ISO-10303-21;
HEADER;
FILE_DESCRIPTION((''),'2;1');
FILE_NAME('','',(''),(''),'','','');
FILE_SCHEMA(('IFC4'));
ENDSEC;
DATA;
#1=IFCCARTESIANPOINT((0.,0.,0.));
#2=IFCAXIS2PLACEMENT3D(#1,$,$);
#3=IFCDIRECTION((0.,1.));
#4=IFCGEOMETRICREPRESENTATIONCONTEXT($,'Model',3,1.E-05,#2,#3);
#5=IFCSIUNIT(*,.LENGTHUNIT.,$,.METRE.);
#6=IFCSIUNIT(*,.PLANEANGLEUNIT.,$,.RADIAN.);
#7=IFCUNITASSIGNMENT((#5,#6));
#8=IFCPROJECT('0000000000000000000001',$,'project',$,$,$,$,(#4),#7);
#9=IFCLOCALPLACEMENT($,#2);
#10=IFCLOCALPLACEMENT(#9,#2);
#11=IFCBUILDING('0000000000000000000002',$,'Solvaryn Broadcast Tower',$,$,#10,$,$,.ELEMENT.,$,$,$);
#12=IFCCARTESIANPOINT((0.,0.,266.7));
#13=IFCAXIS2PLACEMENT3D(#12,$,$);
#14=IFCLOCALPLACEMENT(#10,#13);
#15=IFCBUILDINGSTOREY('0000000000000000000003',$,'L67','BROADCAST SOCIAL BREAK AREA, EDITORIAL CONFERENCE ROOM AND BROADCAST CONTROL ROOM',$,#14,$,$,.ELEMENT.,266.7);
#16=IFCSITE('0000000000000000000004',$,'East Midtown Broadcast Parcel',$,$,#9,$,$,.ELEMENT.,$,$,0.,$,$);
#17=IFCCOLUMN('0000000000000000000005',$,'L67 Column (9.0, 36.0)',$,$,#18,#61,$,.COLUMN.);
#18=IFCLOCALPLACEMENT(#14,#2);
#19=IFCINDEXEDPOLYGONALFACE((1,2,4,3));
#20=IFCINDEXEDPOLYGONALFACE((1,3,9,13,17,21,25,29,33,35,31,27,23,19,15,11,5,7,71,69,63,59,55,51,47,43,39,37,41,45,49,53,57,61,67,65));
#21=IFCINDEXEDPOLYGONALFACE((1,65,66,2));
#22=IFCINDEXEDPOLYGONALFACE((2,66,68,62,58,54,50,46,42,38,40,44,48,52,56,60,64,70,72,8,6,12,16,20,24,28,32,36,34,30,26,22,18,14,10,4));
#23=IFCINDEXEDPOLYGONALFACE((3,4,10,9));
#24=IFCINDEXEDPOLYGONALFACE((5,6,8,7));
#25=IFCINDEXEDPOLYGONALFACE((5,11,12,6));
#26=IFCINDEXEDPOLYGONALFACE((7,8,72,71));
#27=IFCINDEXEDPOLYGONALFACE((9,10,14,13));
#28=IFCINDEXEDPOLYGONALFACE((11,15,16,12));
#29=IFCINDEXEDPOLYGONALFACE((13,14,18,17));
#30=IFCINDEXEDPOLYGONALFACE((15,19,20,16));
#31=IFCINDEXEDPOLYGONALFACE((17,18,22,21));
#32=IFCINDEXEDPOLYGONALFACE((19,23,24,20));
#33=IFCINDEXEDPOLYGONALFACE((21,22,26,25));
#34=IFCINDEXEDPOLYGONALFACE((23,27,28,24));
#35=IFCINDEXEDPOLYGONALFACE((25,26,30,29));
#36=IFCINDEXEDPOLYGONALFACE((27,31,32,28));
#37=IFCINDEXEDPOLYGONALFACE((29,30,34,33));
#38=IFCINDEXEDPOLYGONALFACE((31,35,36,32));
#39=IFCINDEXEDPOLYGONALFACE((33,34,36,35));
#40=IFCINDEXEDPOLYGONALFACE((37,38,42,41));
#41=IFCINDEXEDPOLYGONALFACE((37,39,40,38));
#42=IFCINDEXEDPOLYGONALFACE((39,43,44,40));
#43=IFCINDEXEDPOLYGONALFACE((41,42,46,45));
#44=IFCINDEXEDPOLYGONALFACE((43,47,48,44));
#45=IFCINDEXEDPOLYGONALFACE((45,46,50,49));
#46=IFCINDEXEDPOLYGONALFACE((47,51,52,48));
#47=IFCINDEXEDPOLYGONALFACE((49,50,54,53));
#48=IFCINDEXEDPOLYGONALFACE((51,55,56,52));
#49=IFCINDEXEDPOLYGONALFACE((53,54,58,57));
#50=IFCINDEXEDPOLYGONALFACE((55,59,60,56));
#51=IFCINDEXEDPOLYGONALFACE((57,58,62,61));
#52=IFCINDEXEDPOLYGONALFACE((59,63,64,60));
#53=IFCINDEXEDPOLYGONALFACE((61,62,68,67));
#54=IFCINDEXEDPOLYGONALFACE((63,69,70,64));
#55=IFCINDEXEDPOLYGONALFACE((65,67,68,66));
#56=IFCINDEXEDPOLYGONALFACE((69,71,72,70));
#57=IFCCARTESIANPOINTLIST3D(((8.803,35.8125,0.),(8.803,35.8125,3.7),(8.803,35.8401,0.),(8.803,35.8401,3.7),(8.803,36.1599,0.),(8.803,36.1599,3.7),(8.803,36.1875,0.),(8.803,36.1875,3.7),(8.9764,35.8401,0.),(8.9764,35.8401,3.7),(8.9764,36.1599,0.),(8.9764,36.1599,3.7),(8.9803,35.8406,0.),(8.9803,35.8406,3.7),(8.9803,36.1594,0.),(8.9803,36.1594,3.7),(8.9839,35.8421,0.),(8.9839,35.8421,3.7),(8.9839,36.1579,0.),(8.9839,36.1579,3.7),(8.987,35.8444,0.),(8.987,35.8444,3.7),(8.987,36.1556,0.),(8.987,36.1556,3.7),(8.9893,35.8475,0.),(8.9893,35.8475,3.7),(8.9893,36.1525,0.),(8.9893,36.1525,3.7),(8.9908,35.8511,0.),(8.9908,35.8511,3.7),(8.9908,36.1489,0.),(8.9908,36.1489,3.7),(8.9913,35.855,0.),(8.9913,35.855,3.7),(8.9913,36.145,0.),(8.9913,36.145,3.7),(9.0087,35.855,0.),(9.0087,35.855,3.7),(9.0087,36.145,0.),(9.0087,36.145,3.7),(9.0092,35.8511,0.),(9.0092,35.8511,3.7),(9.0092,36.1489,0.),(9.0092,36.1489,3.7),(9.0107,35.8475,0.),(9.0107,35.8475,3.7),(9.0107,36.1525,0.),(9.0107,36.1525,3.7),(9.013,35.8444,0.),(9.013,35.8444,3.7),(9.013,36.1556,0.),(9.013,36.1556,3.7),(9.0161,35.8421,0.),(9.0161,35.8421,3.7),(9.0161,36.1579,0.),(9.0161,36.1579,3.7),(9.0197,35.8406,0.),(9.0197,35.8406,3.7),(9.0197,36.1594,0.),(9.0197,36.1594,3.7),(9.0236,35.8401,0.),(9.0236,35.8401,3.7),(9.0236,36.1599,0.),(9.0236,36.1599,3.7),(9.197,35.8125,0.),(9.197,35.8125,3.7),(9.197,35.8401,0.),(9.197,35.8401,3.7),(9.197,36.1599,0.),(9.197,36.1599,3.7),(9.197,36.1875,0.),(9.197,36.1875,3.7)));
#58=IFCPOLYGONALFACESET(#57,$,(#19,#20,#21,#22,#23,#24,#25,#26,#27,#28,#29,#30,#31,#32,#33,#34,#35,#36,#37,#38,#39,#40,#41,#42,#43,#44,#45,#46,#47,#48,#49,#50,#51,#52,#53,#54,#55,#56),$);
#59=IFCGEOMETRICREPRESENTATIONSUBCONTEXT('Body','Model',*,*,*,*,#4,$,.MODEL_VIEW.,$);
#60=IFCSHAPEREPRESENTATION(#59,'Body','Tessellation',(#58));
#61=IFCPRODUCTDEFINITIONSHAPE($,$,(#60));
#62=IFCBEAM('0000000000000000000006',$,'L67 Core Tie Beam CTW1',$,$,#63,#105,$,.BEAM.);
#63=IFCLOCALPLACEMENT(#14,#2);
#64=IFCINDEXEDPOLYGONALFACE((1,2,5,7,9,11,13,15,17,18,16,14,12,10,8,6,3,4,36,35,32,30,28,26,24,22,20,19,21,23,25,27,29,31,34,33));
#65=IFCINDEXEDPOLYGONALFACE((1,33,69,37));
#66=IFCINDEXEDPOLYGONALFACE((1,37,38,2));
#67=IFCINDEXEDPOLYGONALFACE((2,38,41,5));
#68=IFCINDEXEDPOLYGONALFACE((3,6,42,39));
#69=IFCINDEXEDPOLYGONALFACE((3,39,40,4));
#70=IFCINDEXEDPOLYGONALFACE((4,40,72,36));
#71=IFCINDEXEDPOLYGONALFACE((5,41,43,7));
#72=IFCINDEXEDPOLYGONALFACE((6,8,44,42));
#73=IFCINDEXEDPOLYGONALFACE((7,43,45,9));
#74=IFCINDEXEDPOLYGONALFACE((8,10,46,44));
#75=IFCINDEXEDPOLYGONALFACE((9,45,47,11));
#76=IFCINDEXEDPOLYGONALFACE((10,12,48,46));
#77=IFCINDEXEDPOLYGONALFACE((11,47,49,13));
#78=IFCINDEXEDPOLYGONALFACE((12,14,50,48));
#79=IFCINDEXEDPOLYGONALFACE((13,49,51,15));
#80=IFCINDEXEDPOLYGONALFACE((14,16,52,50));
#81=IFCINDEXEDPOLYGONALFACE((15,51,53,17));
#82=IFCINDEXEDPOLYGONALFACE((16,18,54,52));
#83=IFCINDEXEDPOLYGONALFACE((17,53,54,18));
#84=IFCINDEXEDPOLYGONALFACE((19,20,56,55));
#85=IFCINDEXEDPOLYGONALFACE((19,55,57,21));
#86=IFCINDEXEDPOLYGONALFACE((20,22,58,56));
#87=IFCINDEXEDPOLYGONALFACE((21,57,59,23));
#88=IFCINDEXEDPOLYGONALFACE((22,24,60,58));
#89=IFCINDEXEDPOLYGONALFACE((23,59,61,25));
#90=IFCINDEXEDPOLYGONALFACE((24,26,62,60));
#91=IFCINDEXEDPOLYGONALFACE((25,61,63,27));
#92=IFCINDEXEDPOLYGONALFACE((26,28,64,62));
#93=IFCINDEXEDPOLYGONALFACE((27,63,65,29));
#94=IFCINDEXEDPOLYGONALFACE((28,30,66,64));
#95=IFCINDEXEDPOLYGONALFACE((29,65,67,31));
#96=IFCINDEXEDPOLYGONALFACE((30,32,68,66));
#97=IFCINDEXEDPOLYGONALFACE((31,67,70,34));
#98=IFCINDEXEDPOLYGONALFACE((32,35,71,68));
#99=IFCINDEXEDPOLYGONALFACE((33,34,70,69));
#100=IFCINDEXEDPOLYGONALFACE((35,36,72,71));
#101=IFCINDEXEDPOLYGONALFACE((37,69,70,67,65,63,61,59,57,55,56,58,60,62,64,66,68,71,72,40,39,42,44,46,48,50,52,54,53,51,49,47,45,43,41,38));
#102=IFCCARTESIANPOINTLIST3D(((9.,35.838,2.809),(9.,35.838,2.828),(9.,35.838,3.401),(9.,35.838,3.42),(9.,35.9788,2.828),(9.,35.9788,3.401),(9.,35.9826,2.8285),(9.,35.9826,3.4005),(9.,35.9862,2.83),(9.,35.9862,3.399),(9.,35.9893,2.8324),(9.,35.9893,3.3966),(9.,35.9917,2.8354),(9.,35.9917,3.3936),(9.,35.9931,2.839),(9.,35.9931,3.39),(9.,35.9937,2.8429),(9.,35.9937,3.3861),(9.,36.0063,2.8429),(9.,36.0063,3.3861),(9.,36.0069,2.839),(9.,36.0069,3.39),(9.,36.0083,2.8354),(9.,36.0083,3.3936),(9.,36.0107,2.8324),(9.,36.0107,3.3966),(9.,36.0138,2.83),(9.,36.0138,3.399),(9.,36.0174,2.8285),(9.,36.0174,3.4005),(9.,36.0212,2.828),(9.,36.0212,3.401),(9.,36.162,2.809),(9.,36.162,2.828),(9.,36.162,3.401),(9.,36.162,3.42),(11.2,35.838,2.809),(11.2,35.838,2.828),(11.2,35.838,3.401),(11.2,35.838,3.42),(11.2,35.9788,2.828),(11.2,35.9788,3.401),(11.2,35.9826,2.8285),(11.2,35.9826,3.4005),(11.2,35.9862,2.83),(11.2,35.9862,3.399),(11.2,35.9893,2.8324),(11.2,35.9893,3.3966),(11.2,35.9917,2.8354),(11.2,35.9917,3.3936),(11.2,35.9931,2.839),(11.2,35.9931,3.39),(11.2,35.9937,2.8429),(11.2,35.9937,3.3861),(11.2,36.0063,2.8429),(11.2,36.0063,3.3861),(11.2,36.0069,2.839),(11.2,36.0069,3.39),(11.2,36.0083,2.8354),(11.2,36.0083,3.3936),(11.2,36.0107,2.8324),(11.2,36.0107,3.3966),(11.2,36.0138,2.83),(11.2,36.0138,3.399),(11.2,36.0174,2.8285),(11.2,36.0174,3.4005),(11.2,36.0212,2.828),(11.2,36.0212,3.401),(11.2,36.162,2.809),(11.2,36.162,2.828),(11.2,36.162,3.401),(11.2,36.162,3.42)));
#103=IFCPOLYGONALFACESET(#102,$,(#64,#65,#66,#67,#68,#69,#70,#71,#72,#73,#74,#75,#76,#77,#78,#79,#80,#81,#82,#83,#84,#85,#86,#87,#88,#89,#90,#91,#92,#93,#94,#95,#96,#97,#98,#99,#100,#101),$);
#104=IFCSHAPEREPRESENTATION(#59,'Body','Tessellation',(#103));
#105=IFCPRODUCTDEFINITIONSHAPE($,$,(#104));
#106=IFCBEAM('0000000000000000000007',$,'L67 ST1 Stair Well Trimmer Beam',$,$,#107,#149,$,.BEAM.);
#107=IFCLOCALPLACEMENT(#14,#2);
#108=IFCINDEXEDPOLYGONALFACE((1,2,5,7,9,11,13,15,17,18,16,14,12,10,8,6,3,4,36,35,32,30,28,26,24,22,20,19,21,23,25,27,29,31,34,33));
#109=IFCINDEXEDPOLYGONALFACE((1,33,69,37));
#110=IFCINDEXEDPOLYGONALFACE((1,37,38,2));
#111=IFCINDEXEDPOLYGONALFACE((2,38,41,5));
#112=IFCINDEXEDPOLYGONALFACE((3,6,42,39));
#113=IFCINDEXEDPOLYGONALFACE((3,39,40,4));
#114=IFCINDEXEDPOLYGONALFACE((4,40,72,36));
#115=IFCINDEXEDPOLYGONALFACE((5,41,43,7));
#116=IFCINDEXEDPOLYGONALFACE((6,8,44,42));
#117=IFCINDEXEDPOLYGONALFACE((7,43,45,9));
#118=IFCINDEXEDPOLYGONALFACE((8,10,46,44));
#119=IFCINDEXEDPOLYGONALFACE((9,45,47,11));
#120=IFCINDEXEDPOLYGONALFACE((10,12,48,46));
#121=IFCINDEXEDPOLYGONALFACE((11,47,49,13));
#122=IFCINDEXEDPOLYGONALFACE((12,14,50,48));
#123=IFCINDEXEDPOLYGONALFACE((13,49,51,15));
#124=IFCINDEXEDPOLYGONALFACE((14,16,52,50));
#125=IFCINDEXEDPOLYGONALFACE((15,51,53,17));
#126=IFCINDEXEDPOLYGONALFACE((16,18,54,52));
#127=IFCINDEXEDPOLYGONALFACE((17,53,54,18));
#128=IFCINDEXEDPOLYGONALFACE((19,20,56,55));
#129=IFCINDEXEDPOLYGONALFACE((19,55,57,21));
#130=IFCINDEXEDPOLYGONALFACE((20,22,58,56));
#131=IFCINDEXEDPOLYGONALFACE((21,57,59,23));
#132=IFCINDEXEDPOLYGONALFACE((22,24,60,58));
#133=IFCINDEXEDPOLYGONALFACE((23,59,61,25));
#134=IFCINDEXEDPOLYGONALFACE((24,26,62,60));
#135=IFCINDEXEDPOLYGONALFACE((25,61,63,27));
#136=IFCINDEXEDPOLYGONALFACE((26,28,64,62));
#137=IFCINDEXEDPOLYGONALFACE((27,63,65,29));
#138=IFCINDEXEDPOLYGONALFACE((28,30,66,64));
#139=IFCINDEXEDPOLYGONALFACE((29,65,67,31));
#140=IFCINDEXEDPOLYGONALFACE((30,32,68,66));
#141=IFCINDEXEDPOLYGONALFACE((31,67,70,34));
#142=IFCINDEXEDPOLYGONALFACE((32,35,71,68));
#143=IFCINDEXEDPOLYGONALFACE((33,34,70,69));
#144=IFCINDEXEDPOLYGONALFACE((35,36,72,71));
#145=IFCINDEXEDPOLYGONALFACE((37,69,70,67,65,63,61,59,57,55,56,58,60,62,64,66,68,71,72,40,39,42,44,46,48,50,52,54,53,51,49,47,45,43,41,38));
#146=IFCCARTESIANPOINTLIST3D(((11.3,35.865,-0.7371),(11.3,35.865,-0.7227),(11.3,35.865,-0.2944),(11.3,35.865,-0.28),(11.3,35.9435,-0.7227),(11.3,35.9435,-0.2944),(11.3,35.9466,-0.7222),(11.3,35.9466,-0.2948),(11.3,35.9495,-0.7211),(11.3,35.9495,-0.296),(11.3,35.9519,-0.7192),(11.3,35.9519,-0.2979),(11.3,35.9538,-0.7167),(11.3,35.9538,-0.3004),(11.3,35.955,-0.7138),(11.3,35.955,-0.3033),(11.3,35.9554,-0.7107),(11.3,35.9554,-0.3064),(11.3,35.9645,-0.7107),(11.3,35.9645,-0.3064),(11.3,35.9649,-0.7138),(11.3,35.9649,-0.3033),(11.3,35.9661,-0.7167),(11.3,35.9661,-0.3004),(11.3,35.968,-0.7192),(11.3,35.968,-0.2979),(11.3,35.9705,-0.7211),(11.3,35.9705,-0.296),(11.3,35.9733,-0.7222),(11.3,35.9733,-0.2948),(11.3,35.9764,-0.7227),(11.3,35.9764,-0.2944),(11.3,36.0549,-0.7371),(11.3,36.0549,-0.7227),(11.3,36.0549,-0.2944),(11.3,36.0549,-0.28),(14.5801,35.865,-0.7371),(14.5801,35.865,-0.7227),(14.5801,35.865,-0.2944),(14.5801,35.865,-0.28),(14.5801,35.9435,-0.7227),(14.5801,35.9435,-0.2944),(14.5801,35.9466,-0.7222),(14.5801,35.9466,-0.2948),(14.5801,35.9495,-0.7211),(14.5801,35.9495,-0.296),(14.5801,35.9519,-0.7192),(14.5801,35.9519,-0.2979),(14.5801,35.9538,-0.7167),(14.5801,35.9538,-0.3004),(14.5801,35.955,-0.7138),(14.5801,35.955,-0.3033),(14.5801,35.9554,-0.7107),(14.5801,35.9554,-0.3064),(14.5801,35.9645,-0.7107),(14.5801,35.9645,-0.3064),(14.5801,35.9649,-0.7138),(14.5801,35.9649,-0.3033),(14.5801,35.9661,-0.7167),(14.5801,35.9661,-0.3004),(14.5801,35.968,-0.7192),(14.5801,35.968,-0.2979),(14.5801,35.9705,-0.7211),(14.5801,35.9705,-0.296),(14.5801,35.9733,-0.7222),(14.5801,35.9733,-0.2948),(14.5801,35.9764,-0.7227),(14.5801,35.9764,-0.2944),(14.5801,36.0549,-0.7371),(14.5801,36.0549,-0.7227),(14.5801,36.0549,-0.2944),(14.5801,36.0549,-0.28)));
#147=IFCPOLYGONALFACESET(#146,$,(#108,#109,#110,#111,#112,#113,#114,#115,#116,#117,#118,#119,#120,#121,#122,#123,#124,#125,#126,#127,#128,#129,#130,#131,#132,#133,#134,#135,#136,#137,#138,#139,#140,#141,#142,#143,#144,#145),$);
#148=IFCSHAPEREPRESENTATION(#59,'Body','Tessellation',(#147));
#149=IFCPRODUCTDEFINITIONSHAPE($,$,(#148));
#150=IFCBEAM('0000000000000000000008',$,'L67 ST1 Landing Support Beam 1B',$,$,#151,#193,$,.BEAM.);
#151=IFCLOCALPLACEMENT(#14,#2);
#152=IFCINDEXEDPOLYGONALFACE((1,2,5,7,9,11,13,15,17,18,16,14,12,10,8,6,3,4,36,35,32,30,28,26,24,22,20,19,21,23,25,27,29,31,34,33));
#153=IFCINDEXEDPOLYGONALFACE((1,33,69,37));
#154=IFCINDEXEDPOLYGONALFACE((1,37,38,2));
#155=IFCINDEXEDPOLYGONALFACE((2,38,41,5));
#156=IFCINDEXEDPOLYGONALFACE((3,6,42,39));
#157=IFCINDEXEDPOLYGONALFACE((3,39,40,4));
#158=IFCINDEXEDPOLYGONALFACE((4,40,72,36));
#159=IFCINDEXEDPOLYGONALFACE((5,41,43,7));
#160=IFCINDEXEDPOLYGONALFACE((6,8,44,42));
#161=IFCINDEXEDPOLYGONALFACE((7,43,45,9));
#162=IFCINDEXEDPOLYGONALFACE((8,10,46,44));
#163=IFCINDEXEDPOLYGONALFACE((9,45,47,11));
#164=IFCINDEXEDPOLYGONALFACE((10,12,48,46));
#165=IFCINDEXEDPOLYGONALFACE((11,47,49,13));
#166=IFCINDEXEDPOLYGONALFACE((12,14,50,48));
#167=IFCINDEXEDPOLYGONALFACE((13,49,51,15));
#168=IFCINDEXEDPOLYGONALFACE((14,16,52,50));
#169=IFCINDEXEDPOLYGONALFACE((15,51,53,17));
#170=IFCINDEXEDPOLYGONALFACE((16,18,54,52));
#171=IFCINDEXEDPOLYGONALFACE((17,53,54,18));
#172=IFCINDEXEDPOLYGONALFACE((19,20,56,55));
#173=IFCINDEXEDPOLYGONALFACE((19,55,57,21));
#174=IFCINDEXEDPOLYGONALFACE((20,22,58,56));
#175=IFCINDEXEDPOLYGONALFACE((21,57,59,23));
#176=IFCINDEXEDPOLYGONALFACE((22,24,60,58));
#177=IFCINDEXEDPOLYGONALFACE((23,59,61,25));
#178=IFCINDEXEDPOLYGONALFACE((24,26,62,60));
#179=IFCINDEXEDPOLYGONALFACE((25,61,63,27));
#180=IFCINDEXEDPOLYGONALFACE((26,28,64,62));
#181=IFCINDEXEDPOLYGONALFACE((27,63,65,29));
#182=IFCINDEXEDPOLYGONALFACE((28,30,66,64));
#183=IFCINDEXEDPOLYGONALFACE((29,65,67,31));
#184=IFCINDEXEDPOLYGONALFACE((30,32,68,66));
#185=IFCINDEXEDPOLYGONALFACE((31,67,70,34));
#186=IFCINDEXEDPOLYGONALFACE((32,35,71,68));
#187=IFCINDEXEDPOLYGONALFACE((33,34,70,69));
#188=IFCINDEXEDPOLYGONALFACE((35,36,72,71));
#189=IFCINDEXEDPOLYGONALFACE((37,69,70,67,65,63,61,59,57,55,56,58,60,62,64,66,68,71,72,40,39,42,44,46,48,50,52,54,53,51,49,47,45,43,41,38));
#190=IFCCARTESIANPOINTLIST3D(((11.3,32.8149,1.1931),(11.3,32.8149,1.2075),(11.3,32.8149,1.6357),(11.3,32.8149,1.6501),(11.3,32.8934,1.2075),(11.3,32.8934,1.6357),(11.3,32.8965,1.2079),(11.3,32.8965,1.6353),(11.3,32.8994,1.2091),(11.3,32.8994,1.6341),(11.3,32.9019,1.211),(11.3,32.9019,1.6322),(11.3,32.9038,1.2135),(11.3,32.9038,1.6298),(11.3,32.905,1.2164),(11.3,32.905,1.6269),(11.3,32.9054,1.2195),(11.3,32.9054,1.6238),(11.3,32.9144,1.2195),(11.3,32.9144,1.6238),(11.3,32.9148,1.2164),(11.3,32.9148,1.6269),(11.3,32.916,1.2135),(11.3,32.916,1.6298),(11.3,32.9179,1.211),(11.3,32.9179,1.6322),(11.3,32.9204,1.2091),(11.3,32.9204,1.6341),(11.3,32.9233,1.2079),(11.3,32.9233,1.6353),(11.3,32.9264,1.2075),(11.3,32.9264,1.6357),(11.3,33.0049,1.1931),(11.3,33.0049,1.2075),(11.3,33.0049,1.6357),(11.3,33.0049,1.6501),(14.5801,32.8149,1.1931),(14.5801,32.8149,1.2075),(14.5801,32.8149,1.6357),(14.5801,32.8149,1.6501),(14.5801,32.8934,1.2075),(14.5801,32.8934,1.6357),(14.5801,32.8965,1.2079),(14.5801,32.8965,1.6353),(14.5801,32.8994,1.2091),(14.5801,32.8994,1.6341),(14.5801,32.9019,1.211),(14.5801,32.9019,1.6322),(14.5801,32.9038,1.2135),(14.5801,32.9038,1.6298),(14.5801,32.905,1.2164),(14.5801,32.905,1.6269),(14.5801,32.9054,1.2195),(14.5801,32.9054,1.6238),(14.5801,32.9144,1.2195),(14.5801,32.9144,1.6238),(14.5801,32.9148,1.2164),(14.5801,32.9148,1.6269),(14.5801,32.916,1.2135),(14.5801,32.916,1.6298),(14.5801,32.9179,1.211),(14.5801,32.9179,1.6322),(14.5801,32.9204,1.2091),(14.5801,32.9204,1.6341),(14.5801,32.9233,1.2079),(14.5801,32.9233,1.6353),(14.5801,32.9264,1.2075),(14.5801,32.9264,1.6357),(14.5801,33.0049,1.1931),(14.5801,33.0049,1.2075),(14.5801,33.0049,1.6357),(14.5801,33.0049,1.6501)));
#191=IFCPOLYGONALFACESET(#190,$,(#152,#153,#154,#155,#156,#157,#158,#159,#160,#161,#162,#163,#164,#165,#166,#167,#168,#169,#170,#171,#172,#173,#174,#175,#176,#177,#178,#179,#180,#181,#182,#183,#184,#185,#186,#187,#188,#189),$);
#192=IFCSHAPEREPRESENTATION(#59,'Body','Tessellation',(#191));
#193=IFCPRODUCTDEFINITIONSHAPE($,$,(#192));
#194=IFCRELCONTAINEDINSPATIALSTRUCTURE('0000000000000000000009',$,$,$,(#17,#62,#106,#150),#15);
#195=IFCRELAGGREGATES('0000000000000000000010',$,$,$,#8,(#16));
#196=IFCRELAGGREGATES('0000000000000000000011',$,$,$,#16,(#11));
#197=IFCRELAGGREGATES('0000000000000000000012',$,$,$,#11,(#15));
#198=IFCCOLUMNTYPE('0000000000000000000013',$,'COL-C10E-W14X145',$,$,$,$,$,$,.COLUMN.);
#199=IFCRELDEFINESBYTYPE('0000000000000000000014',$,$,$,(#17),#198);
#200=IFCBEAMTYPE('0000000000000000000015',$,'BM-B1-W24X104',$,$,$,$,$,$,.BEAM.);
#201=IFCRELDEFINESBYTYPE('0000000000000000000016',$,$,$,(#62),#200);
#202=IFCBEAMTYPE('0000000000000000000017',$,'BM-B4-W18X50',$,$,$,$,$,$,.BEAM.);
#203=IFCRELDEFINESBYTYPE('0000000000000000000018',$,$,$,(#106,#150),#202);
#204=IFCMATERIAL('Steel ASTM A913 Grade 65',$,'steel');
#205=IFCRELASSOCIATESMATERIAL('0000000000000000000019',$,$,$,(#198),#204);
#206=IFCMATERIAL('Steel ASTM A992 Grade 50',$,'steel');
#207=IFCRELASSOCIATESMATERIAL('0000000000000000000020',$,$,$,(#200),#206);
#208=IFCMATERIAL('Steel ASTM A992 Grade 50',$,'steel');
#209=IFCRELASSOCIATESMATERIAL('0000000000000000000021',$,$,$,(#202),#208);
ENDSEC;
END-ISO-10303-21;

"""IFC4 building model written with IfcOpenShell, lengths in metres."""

from ifc_helpers import new_model, si_unit, direction, frame, origin, origin_2d, place, context, subcontext, project, spatial, i_section, extrude, material, material_profile, profile_set, type_object, element, save


model = new_model("IFC4")

# Units and contexts
model_context = context("Model", 3, precision=1e-05, world=origin(), true_north=direction((0.0, 1.0)))
body_context = subcontext(model_context, "Body", "Model", "MODEL_VIEW")
ifc_project = project(units=[si_unit("LENGTHUNIT", "METRE"), si_unit("PLANEANGLEUNIT", "RADIAN")], contexts=[model_context])

# Site, building, storey
site_placement = place(None, origin())
site = spatial("IfcSite", under=ifc_project, at=site_placement, Name="East Midtown Broadcast Parcel", CompositionType="ELEMENT", RefElevation=0.0)
building_placement = place(site_placement, origin())
building = spatial("IfcBuilding", under=site, at=building_placement, Name="Solvaryn Broadcast Tower", CompositionType="ELEMENT")
storey_placement = place(building_placement, frame((0.0, 0.0, 266.7)))
storey = spatial("IfcBuildingStorey", under=building, at=storey_placement, Name="L67", Description="BROADCAST SOCIAL BREAK AREA, EDITORIAL CONFERENCE ROOM AND BROADCAST CONTROL ROOM", CompositionType="ELEMENT", Elevation=266.7)

# Column
ifc_material_1 = material(Name="Steel ASTM A913 Grade 65", Category="steel")
ifc_material_profile_1 = material_profile(ifc_material_1, i_section(OverallWidth=0.394, OverallDepth=0.375, WebThickness=0.0173, FlangeThickness=0.0276, FilletRadius=0.0149, at=origin_2d()))
ifc_profile_set_1 = profile_set([ifc_material_profile_1], Name="Steel ASTM A913 Grade 65")
column_type = type_object("IfcColumnType", Name="COL-C10E-W14X145", PredefinedType="COLUMN", material=ifc_profile_set_1)
column_placement = place(storey_placement, frame((9.0, 36.0, 0.0), z_axis=(0.0, 0.0, 1.0), x_axis=(1.0, 0.0, 0.0)))
element("IfcColumn", 1, at=column_placement, inside=storey, type_object=column_type, Name="L67 Column (9.0, 36.0)", PredefinedType="COLUMN", context=body_context, shape_type="SweptSolid", body=[
    extrude(i_section(OverallWidth=0.394, OverallDepth=0.375, WebThickness=0.0173, FlangeThickness=0.0276, FilletRadius=0.0149, at=origin_2d()), origin(), (0.0, 0.0, 1.0), 3.7),
])

# Beams
ifc_material_2 = material(Name="Steel ASTM A992 Grade 50", Category="steel")
ifc_material_profile_2 = material_profile(ifc_material_2, i_section(OverallWidth=0.324, OverallDepth=0.6111, WebThickness=0.0127, FlangeThickness=0.019, FilletRadius=0.0149, at=origin_2d()))
ifc_profile_set_2 = profile_set([ifc_material_profile_2], Name="Steel ASTM A992 Grade 50")
beam_type_1 = type_object("IfcBeamType", Name="BM-B1-W24X104", PredefinedType="BEAM", material=ifc_profile_set_2)
beam_placement = place(storey_placement, frame((9.0, 36.0, 3.1145), z_axis=(1.0, 0.0, 0.0), x_axis=(0.0, 1.0, 0.0)))
element("IfcBeam", 2, at=beam_placement, inside=storey, type_object=beam_type_1, Name="L67 Core Tie Beam CTW1", PredefinedType="BEAM", context=body_context, shape_type="SweptSolid", body=[
    extrude(i_section(OverallWidth=0.324, OverallDepth=0.6111, WebThickness=0.0127, FlangeThickness=0.019, FilletRadius=0.0149, at=origin_2d()), origin(), (0.0, 0.0, 1.0), 2.2),
])
ifc_material_3 = material(Name="Steel ASTM A992 Grade 50", Category="steel")
ifc_material_profile_3 = material_profile(ifc_material_3, i_section(OverallWidth=0.1899, OverallDepth=0.457, WebThickness=0.009, FlangeThickness=0.0144, FilletRadius=0.012, at=origin_2d()))
ifc_profile_set_3 = profile_set([ifc_material_profile_3], Name="Steel ASTM A992 Grade 50")
beam_type_2 = type_object("IfcBeamType", Name="BM-B4-W18X50", PredefinedType="BEAM", material=ifc_profile_set_3)
for number, where, z_axis, x_axis, name in (
    (3, (11.3, 35.96, -0.5085), (1.0, 0.0, 0.0), (0.0, 1.0, 0.0), "L67 ST1 Stair Well Trimmer Beam"),
    (4, (11.3, 32.9099, 1.4216), (1.0, 0.0, 0.0), (0.0, 1.0, 0.0), "L67 ST1 Landing Support Beam 1B"),
):
    element("IfcBeam", number, at=place(storey_placement, frame(where, z_axis=z_axis, x_axis=x_axis)), inside=storey, type_object=beam_type_2, Name=name, PredefinedType="BEAM", context=body_context, shape_type="SweptSolid", body=[
        extrude(i_section(OverallWidth=0.1899, OverallDepth=0.457, WebThickness=0.009, FlangeThickness=0.0144, FilletRadius=0.012, at=origin_2d()), origin(), (0.0, 0.0, 1.0), 3.28),
    ])

save(model, "model.ifc")
